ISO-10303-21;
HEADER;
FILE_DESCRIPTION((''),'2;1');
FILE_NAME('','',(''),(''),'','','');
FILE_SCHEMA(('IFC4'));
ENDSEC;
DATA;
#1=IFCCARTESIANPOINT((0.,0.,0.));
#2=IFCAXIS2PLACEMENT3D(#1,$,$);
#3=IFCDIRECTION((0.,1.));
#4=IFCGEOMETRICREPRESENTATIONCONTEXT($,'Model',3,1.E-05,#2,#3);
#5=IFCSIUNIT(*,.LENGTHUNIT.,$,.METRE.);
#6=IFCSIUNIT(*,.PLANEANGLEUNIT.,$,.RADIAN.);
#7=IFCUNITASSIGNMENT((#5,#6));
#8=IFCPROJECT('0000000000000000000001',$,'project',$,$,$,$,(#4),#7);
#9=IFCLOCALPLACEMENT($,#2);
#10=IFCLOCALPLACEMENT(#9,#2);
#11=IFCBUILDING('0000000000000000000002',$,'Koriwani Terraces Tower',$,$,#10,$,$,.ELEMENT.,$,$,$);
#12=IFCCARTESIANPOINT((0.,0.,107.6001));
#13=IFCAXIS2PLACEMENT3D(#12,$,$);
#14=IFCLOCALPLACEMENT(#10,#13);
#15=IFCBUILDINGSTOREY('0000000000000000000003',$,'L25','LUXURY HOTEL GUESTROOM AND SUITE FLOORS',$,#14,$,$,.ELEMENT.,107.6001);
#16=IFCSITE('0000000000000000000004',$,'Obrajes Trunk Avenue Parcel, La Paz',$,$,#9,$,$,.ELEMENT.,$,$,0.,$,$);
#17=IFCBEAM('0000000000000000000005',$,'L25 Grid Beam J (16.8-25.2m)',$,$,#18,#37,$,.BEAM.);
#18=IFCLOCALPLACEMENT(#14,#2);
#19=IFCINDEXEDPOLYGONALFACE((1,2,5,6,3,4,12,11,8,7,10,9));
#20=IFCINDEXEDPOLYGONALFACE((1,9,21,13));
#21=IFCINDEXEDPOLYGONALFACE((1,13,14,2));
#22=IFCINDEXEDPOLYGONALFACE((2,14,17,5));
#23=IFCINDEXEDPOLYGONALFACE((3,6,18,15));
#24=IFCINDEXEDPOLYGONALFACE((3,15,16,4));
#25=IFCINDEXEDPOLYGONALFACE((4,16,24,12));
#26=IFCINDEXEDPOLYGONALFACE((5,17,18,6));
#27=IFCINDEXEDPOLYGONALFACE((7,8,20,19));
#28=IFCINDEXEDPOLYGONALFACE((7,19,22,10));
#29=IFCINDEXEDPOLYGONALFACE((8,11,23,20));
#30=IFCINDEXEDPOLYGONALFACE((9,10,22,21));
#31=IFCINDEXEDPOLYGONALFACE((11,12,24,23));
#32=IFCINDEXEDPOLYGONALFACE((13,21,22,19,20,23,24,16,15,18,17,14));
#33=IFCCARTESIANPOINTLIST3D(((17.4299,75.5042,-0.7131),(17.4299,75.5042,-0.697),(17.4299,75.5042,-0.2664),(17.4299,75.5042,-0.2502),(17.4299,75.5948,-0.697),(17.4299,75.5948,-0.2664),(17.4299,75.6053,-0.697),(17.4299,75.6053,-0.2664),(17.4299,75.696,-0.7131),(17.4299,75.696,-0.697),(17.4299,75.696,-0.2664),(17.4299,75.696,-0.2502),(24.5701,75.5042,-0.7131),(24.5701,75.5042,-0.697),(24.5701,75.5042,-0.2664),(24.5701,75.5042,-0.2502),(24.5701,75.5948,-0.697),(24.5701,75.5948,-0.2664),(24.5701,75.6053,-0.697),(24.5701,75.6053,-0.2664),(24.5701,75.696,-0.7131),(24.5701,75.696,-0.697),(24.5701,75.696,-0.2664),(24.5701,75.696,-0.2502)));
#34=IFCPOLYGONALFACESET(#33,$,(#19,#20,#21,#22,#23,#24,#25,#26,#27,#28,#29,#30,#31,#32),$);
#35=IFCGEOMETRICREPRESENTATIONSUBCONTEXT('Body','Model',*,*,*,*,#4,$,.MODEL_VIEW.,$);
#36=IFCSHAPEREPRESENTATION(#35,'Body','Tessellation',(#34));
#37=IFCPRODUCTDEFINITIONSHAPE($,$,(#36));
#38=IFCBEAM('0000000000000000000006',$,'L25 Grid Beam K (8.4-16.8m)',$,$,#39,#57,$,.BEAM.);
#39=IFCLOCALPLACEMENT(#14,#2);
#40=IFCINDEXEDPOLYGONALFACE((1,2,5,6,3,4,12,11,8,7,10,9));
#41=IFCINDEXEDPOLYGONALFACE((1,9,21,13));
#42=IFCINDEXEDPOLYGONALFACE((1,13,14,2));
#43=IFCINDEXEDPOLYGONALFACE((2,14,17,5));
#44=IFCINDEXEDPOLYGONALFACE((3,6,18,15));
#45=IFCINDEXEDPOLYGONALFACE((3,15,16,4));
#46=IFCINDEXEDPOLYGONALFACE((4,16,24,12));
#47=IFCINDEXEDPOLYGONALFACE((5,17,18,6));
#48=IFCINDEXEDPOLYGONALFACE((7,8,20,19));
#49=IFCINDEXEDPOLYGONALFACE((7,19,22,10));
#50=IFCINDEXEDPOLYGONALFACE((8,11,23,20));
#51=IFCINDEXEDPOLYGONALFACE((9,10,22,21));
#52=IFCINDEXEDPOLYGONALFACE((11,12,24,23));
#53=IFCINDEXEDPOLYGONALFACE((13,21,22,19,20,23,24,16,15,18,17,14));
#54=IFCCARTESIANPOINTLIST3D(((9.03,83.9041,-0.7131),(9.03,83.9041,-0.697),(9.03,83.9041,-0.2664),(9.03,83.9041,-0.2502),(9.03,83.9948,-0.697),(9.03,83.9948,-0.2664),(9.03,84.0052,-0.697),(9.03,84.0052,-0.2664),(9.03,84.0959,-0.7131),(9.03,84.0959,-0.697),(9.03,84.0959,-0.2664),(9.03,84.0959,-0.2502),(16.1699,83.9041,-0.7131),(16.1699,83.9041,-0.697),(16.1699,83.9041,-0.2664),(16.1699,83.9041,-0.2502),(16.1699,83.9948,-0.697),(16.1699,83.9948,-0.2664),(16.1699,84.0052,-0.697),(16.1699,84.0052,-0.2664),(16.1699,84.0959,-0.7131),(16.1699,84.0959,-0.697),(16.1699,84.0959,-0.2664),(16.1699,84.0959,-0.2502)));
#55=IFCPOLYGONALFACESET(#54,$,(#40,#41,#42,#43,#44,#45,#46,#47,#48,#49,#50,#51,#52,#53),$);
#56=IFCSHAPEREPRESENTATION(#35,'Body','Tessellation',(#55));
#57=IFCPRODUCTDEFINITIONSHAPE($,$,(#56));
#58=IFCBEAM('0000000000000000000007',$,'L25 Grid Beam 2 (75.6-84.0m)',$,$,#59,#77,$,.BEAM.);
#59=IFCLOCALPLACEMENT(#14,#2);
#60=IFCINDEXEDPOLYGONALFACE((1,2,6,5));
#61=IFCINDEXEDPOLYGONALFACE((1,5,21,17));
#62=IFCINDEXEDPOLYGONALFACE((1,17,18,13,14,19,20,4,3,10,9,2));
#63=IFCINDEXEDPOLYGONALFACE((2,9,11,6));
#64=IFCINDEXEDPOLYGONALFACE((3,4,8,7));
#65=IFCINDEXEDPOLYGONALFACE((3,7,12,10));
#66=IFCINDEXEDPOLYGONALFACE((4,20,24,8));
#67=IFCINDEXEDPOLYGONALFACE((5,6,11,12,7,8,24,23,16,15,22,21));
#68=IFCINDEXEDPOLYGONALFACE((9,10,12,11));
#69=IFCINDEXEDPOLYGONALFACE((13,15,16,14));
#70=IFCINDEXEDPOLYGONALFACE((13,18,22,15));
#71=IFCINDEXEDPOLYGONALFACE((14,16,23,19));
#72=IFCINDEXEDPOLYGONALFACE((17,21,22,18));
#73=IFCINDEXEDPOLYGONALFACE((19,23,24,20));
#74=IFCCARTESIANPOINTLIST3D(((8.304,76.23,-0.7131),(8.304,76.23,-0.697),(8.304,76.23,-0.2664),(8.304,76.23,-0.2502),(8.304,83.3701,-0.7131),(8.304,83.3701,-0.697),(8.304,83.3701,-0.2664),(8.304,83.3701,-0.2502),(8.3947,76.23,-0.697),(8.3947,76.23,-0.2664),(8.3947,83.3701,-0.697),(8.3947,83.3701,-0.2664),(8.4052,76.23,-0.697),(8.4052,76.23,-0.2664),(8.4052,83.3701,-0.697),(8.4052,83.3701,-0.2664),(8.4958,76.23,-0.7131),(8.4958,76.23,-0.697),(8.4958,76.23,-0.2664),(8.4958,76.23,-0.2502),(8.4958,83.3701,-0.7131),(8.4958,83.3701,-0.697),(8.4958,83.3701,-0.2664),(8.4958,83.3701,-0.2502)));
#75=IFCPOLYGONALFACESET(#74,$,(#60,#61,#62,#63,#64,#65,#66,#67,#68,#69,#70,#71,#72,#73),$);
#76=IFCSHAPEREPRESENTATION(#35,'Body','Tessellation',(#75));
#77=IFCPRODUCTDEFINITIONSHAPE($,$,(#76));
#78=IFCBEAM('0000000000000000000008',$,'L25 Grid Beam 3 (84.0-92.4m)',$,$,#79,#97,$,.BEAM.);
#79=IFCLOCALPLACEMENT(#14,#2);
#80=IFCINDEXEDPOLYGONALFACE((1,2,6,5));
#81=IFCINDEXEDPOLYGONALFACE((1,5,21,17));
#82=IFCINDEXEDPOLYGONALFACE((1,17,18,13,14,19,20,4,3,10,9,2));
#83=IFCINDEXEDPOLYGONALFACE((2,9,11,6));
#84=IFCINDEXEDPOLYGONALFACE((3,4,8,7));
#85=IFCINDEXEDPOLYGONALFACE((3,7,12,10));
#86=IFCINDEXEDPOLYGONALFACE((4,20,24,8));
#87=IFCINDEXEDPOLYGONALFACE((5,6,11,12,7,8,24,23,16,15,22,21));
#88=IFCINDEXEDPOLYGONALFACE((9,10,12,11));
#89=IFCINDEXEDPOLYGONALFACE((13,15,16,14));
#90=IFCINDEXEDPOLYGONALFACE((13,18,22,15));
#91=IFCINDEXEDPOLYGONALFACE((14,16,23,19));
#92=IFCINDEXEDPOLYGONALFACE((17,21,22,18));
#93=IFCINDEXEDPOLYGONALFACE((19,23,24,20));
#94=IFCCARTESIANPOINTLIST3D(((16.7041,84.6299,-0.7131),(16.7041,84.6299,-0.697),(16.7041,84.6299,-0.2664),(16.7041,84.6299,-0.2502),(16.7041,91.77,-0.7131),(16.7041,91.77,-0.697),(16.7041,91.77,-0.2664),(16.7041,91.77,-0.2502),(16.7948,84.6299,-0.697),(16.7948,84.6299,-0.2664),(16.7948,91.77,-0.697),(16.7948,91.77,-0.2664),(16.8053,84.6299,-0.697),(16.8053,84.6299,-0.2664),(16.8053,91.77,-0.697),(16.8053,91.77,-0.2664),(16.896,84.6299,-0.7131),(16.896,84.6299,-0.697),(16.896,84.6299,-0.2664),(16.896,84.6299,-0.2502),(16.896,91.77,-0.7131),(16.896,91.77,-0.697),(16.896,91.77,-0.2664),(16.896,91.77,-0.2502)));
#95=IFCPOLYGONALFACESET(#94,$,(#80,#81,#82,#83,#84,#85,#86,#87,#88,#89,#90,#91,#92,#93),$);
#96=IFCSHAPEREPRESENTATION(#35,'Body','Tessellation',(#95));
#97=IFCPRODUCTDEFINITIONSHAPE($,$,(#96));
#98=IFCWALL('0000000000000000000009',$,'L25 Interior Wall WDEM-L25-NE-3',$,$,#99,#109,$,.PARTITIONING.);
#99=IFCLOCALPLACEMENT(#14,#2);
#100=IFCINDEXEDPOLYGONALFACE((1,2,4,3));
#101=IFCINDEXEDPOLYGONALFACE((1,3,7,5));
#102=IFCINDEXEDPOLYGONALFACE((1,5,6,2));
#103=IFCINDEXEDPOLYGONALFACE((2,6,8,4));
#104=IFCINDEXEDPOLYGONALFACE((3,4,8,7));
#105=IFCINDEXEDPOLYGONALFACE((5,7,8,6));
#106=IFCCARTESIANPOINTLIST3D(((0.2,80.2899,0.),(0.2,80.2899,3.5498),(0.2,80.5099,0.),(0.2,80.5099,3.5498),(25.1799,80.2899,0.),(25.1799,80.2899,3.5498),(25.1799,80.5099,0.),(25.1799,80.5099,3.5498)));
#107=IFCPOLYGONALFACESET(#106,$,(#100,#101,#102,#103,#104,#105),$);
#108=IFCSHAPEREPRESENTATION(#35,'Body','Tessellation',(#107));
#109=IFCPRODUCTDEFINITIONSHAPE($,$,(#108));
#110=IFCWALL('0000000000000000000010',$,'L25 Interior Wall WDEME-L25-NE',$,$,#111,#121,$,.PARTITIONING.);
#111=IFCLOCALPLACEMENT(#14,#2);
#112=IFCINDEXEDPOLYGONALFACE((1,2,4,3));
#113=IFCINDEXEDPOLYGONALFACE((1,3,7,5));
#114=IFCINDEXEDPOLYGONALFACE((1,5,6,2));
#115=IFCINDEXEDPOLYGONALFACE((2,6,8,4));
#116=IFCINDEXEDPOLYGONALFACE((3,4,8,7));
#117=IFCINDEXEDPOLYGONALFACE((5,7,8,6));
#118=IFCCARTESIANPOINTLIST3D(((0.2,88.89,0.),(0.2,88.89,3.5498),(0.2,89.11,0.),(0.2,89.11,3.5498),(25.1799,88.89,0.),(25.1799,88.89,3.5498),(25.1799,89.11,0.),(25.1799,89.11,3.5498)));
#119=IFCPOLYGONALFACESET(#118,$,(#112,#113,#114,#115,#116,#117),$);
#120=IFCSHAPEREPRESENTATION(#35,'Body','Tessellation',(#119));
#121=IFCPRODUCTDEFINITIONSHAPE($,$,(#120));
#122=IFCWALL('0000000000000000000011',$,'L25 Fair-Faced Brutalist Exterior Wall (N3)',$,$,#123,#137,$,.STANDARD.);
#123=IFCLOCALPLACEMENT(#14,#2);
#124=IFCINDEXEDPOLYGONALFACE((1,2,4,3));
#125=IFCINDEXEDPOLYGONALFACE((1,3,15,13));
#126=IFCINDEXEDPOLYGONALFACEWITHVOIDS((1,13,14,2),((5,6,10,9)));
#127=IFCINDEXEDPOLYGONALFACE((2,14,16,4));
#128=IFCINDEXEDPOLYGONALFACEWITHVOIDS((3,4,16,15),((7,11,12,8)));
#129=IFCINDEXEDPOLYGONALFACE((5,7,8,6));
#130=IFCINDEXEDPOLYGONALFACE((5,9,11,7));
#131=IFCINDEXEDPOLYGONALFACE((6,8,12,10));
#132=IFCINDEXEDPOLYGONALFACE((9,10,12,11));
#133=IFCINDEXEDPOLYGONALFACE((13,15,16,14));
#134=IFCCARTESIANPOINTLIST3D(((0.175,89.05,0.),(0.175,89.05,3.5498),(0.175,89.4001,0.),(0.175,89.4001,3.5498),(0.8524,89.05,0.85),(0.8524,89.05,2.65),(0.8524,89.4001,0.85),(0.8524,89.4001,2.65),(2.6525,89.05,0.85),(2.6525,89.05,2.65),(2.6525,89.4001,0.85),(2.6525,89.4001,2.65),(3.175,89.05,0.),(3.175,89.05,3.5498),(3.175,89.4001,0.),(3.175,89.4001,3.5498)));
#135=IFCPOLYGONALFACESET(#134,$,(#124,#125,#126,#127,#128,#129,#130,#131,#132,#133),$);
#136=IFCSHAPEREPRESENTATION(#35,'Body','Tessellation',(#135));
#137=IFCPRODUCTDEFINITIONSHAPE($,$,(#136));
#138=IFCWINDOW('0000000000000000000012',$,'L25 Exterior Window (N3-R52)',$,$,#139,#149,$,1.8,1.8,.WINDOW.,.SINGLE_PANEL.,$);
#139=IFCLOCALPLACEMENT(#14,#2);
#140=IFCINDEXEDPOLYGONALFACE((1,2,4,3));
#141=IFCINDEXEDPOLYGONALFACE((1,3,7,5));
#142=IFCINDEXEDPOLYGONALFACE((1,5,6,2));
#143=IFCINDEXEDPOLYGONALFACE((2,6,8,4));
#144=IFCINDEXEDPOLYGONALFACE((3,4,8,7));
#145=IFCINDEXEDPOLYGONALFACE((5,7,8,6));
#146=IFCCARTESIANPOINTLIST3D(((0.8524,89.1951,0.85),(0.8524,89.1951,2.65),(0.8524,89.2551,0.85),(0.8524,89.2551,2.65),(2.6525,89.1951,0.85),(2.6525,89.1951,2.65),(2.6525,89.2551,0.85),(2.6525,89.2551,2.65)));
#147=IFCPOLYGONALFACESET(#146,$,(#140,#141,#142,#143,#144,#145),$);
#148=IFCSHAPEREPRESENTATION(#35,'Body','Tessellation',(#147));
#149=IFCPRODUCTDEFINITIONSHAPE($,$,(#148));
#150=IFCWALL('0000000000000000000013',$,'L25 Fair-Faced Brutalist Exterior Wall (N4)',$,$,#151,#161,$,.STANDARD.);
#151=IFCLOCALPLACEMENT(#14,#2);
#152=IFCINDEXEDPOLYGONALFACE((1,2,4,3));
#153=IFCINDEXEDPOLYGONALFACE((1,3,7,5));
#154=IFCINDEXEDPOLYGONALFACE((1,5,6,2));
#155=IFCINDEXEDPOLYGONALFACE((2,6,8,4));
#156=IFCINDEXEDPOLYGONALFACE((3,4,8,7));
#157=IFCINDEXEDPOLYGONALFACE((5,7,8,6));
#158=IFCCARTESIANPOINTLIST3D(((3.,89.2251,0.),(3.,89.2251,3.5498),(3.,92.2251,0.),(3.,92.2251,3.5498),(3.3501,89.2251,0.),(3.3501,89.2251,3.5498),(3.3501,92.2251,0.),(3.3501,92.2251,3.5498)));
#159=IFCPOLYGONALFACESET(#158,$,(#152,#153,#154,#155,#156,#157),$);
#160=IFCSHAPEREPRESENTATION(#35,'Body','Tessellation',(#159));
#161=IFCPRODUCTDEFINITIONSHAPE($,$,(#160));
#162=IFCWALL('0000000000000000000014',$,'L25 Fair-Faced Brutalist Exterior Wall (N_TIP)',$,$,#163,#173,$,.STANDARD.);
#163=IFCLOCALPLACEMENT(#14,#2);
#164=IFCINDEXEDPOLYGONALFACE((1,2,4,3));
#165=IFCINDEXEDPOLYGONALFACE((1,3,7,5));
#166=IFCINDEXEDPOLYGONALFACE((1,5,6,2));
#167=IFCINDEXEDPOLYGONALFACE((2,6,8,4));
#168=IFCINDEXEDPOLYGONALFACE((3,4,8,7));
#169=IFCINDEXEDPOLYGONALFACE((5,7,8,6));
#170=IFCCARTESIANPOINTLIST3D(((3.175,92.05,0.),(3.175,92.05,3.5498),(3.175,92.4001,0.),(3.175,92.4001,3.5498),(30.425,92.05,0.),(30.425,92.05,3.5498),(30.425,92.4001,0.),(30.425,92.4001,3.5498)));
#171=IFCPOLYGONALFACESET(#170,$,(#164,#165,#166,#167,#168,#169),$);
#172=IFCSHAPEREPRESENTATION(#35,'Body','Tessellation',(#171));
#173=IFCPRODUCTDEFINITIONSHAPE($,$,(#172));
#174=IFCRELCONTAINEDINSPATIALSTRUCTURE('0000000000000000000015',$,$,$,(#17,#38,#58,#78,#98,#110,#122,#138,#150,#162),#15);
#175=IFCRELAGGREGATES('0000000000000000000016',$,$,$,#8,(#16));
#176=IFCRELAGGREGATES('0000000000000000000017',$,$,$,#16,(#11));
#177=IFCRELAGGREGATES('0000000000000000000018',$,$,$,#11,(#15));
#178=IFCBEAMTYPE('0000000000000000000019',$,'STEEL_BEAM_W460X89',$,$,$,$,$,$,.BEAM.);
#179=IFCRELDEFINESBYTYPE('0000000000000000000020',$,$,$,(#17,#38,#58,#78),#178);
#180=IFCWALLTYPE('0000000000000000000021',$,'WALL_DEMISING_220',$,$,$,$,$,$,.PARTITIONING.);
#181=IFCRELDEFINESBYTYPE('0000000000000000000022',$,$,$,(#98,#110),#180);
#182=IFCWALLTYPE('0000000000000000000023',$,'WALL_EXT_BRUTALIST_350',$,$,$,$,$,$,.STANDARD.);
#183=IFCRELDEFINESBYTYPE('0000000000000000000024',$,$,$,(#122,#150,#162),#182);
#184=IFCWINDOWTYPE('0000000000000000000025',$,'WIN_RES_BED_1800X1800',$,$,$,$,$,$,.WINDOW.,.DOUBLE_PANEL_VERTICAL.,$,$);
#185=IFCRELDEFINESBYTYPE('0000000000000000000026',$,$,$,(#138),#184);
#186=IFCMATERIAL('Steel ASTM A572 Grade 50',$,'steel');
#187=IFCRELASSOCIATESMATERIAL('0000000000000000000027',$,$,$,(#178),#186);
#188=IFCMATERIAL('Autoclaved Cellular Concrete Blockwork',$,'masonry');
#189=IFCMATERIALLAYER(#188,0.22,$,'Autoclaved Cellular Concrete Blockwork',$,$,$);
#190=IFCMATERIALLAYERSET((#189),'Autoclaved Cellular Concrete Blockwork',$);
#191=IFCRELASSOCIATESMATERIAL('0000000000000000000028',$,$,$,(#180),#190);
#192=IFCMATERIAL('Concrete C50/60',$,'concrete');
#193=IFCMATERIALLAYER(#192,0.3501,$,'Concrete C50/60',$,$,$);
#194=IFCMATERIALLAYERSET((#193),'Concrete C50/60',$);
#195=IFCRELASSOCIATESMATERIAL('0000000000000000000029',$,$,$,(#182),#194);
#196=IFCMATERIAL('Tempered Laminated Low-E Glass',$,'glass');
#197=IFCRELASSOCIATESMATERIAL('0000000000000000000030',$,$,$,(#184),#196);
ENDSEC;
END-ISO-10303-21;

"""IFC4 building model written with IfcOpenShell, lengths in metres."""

from ifc_helpers import new_model, si_unit, direction, frame, frame_2d, origin, origin_2d, place, context, subcontext, project, spatial, rectangle, i_section, extrude, material, layer, layer_set, material_profile, profile_set, type_object, element, fill, save


model = new_model("IFC4")

# Units and contexts
model_context = context("Model", 3, precision=1e-05, world=origin(), true_north=direction((0.0, 1.0)))
body_context = subcontext(model_context, "Body", "Model", "MODEL_VIEW")
ifc_project = project(units=[si_unit("LENGTHUNIT", "METRE"), si_unit("PLANEANGLEUNIT", "RADIAN")], contexts=[model_context])

# Site, building, storey
site_placement = place(None, origin())
site = spatial("IfcSite", under=ifc_project, at=site_placement, Name="Obrajes Trunk Avenue Parcel, La Paz", CompositionType="ELEMENT", RefElevation=0.0)
building_placement = place(site_placement, origin())
building = spatial("IfcBuilding", under=site, at=building_placement, Name="Koriwani Terraces Tower", CompositionType="ELEMENT")
storey_placement = place(building_placement, frame((0.0, 0.0, 107.6001)))
storey = spatial("IfcBuildingStorey", under=building, at=storey_placement, Name="L25", Description="LUXURY HOTEL GUESTROOM AND SUITE FLOORS", CompositionType="ELEMENT", Elevation=107.6001)

# Beams
ifc_material_1 = material(Name="Concrete C50/60", Category="concrete")
ifc_material_2 = material(Name="Steel ASTM A572 Grade 50", Category="steel")
ifc_material_profile_1 = material_profile(ifc_material_2, i_section(OverallWidth=0.1919, OverallDepth=0.4629, WebThickness=0.0105, FlangeThickness=0.0161, at=origin_2d()), Name="Steel ASTM A572 Grade 50", Category="LoadBearing")
ifc_profile_set_1 = profile_set([ifc_material_profile_1], Name="Steel ASTM A572 Grade 50")
beam_type_1 = type_object("IfcBeamType", Name="STEEL_BEAM_W460X89", PredefinedType="BEAM", material=ifc_profile_set_1)
for number, where, z_axis, x_axis, name in (
    (1, (17.4299, 75.6001, -0.4817), (1.0, 0.0, 0.0), (0.0, 1.0, 0.0), "L25 Grid Beam J (16.8-25.2m)"),
):
    element("IfcBeam", number, at=place(storey_placement, frame(where, z_axis=z_axis, x_axis=x_axis)), inside=storey, type_object=beam_type_1, Name=name, PredefinedType="BEAM", context=body_context, shape_type="SweptSolid", body=[
        extrude(i_section(OverallWidth=0.1919, OverallDepth=0.4629, WebThickness=0.0105, FlangeThickness=0.0161, at=origin_2d()), origin(), (0.0, 0.0, 1.0), 7.1401),
    ])
beam_1_placement = place(storey_placement, frame((9.03, 84.0, -0.4817), z_axis=(1.0, 0.0, 0.0), x_axis=(0.0, 1.0, 0.0)))
element("IfcBeam", 2, at=beam_1_placement, inside=storey, type_object=beam_type_1, Name="L25 Grid Beam K (8.4-16.8m)", PredefinedType="BEAM", context=body_context, shape_type="SweptSolid", body=[
    extrude(i_section(OverallWidth=0.1919, OverallDepth=0.4629, WebThickness=0.0105, FlangeThickness=0.0161, at=origin_2d()), origin(), (0.0, 0.0, 1.0), 7.1399),
])
for number, where, z_axis, x_axis, name in (
    (3, (8.3999, 76.23, -0.4817), (0.0, 1.0, 0.0), (-1.0, 0.0, 0.0), "L25 Grid Beam 2 (75.6-84.0m)"),
    (4, (16.8, 84.6299, -0.4817), (0.0, 1.0, 0.0), (-1.0, 0.0, 0.0), "L25 Grid Beam 3 (84.0-92.4m)"),
):
    element("IfcBeam", number, at=place(storey_placement, frame(where, z_axis=z_axis, x_axis=x_axis)), inside=storey, type_object=beam_type_1, Name=name, PredefinedType="BEAM", context=body_context, shape_type="SweptSolid", body=[
        extrude(i_section(OverallWidth=0.1919, OverallDepth=0.4629, WebThickness=0.0105, FlangeThickness=0.0161, at=origin_2d()), origin(), (0.0, 0.0, 1.0), 7.1401),
    ])

# Walls
ifc_material_3 = material(Name="Autoclaved Cellular Concrete Blockwork", Category="masonry")
ifc_layer_1 = layer(ifc_material_3, 0.22, Name="Autoclaved Cellular Concrete Blockwork")
ifc_layer_set_1 = layer_set([ifc_layer_1], Name="Autoclaved Cellular Concrete Blockwork")
wall_type_1 = type_object("IfcWallType", Name="WALL_DEMISING_220", PredefinedType="PARTITIONING", material=ifc_layer_set_1)
for number, where, z_axis, x_axis, name in (
    (5, (0.2, 80.3999, 0.0), (0.0, 0.0, 1.0), (1.0, 0.0, 0.0), "L25 Interior Wall WDEM-L25-NE-3"),
    (6, (0.2, 89.0, 0.0), (0.0, 0.0, 1.0), (1.0, 0.0, 0.0), "L25 Interior Wall WDEME-L25-NE"),
):
    element("IfcWall", number, at=place(storey_placement, frame(where, z_axis=z_axis, x_axis=x_axis)), inside=storey, type_object=wall_type_1, Name=name, PredefinedType="PARTITIONING", context=body_context, shape_type="SweptSolid", body=[
        extrude(rectangle(XDim=24.98, YDim=0.22, at=frame_2d((12.49, 0.0))), origin(), (0.0, 0.0, 1.0), 3.5498),
    ])

# Wall, opening, window
ifc_layer_2 = layer(ifc_material_1, 0.3501, Name="Concrete C50/60")
ifc_layer_set_2 = layer_set([ifc_layer_2], Name="Concrete C50/60")
wall_type_2 = type_object("IfcWallType", Name="WALL_EXT_BRUTALIST_350", PredefinedType="STANDARD", material=ifc_layer_set_2)
wall_1_placement = place(storey_placement, frame((0.175, 89.2251, 0.0), z_axis=(0.0, 0.0, 1.0), x_axis=(1.0, 0.0, 0.0)))
wall_1 = element("IfcWall", 7, at=wall_1_placement, inside=storey, type_object=wall_type_2, Name="L25 Fair-Faced Brutalist Exterior Wall (N3)", PredefinedType="STANDARD", context=body_context, shape_type="SweptSolid", body=[
    extrude(rectangle(XDim=3.0, YDim=0.3501, at=frame_2d((1.5, 0.0))), origin(), (0.0, 0.0, 1.0), 3.5498),
])
opening_placement = place(wall_1_placement, frame((0.6775, 0.0, 0.8501)))
opening = element("IfcOpeningElement", 8, at=opening_placement, cuts=wall_1, PredefinedType="OPENING", context=body_context, shape_type="SweptSolid", body=[
    extrude(rectangle(XDim=1.8, YDim=1.8, at=frame_2d((0.8999, 0.8999))), frame((0.0, 0.1851, 0.0), z_axis=(0.0, -1.0, 0.0), x_axis=(1.0, 0.0, 0.0)), (0.0, 0.0, 1.0), 0.3701),
])
ifc_material_4 = material(Name="Tempered Laminated Low-E Glass", Category="glass")
window_type = type_object("IfcWindowType", Name="WIN_RES_BED_1800X1800", PartitioningType="DOUBLE_PANEL_VERTICAL", PredefinedType="WINDOW", material=ifc_material_4)
window_placement = place(opening_placement, origin())
window = element("IfcWindow", 9, at=window_placement, inside=storey, type_object=window_type, Name="L25 Exterior Window (N3-R52)", OverallHeight=1.8, OverallWidth=1.8, PartitioningType="SINGLE_PANEL", PredefinedType="WINDOW", context=body_context, shape_type="SweptSolid", body=[
    extrude(rectangle(XDim=1.8, YDim=1.8, at=frame_2d((0.8999, 0.8999))), frame((0.0, 0.03, 0.0), z_axis=(0.0, -1.0, 0.0), x_axis=(1.0, 0.0, 0.0)), (0.0, 0.0, 1.0), 0.0601),
])
fill(opening, window)

# Walls
wall_2_placement = place(storey_placement, frame((3.175, 89.2251, 0.0), z_axis=(0.0, 0.0, 1.0), x_axis=(0.0, 1.0, 0.0)))
element("IfcWall", 10, at=wall_2_placement, inside=storey, type_object=wall_type_2, Name="L25 Fair-Faced Brutalist Exterior Wall (N4)", PredefinedType="STANDARD", context=body_context, shape_type="SweptSolid", body=[
    extrude(rectangle(XDim=3.0, YDim=0.3501, at=frame_2d((1.5, 0.0))), origin(), (0.0, 0.0, 1.0), 3.5498),
])
wall_3_placement = place(storey_placement, frame((3.175, 92.2251, 0.0), z_axis=(0.0, 0.0, 1.0), x_axis=(1.0, 0.0, 0.0)))
element("IfcWall", 11, at=wall_3_placement, inside=storey, type_object=wall_type_2, Name="L25 Fair-Faced Brutalist Exterior Wall (N_TIP)", PredefinedType="STANDARD", context=body_context, shape_type="SweptSolid", body=[
    extrude(rectangle(XDim=27.25, YDim=0.3501, at=frame_2d((13.625, 0.0))), origin(), (0.0, 0.0, 1.0), 3.5498),
])

save(model, "model.ifc")
